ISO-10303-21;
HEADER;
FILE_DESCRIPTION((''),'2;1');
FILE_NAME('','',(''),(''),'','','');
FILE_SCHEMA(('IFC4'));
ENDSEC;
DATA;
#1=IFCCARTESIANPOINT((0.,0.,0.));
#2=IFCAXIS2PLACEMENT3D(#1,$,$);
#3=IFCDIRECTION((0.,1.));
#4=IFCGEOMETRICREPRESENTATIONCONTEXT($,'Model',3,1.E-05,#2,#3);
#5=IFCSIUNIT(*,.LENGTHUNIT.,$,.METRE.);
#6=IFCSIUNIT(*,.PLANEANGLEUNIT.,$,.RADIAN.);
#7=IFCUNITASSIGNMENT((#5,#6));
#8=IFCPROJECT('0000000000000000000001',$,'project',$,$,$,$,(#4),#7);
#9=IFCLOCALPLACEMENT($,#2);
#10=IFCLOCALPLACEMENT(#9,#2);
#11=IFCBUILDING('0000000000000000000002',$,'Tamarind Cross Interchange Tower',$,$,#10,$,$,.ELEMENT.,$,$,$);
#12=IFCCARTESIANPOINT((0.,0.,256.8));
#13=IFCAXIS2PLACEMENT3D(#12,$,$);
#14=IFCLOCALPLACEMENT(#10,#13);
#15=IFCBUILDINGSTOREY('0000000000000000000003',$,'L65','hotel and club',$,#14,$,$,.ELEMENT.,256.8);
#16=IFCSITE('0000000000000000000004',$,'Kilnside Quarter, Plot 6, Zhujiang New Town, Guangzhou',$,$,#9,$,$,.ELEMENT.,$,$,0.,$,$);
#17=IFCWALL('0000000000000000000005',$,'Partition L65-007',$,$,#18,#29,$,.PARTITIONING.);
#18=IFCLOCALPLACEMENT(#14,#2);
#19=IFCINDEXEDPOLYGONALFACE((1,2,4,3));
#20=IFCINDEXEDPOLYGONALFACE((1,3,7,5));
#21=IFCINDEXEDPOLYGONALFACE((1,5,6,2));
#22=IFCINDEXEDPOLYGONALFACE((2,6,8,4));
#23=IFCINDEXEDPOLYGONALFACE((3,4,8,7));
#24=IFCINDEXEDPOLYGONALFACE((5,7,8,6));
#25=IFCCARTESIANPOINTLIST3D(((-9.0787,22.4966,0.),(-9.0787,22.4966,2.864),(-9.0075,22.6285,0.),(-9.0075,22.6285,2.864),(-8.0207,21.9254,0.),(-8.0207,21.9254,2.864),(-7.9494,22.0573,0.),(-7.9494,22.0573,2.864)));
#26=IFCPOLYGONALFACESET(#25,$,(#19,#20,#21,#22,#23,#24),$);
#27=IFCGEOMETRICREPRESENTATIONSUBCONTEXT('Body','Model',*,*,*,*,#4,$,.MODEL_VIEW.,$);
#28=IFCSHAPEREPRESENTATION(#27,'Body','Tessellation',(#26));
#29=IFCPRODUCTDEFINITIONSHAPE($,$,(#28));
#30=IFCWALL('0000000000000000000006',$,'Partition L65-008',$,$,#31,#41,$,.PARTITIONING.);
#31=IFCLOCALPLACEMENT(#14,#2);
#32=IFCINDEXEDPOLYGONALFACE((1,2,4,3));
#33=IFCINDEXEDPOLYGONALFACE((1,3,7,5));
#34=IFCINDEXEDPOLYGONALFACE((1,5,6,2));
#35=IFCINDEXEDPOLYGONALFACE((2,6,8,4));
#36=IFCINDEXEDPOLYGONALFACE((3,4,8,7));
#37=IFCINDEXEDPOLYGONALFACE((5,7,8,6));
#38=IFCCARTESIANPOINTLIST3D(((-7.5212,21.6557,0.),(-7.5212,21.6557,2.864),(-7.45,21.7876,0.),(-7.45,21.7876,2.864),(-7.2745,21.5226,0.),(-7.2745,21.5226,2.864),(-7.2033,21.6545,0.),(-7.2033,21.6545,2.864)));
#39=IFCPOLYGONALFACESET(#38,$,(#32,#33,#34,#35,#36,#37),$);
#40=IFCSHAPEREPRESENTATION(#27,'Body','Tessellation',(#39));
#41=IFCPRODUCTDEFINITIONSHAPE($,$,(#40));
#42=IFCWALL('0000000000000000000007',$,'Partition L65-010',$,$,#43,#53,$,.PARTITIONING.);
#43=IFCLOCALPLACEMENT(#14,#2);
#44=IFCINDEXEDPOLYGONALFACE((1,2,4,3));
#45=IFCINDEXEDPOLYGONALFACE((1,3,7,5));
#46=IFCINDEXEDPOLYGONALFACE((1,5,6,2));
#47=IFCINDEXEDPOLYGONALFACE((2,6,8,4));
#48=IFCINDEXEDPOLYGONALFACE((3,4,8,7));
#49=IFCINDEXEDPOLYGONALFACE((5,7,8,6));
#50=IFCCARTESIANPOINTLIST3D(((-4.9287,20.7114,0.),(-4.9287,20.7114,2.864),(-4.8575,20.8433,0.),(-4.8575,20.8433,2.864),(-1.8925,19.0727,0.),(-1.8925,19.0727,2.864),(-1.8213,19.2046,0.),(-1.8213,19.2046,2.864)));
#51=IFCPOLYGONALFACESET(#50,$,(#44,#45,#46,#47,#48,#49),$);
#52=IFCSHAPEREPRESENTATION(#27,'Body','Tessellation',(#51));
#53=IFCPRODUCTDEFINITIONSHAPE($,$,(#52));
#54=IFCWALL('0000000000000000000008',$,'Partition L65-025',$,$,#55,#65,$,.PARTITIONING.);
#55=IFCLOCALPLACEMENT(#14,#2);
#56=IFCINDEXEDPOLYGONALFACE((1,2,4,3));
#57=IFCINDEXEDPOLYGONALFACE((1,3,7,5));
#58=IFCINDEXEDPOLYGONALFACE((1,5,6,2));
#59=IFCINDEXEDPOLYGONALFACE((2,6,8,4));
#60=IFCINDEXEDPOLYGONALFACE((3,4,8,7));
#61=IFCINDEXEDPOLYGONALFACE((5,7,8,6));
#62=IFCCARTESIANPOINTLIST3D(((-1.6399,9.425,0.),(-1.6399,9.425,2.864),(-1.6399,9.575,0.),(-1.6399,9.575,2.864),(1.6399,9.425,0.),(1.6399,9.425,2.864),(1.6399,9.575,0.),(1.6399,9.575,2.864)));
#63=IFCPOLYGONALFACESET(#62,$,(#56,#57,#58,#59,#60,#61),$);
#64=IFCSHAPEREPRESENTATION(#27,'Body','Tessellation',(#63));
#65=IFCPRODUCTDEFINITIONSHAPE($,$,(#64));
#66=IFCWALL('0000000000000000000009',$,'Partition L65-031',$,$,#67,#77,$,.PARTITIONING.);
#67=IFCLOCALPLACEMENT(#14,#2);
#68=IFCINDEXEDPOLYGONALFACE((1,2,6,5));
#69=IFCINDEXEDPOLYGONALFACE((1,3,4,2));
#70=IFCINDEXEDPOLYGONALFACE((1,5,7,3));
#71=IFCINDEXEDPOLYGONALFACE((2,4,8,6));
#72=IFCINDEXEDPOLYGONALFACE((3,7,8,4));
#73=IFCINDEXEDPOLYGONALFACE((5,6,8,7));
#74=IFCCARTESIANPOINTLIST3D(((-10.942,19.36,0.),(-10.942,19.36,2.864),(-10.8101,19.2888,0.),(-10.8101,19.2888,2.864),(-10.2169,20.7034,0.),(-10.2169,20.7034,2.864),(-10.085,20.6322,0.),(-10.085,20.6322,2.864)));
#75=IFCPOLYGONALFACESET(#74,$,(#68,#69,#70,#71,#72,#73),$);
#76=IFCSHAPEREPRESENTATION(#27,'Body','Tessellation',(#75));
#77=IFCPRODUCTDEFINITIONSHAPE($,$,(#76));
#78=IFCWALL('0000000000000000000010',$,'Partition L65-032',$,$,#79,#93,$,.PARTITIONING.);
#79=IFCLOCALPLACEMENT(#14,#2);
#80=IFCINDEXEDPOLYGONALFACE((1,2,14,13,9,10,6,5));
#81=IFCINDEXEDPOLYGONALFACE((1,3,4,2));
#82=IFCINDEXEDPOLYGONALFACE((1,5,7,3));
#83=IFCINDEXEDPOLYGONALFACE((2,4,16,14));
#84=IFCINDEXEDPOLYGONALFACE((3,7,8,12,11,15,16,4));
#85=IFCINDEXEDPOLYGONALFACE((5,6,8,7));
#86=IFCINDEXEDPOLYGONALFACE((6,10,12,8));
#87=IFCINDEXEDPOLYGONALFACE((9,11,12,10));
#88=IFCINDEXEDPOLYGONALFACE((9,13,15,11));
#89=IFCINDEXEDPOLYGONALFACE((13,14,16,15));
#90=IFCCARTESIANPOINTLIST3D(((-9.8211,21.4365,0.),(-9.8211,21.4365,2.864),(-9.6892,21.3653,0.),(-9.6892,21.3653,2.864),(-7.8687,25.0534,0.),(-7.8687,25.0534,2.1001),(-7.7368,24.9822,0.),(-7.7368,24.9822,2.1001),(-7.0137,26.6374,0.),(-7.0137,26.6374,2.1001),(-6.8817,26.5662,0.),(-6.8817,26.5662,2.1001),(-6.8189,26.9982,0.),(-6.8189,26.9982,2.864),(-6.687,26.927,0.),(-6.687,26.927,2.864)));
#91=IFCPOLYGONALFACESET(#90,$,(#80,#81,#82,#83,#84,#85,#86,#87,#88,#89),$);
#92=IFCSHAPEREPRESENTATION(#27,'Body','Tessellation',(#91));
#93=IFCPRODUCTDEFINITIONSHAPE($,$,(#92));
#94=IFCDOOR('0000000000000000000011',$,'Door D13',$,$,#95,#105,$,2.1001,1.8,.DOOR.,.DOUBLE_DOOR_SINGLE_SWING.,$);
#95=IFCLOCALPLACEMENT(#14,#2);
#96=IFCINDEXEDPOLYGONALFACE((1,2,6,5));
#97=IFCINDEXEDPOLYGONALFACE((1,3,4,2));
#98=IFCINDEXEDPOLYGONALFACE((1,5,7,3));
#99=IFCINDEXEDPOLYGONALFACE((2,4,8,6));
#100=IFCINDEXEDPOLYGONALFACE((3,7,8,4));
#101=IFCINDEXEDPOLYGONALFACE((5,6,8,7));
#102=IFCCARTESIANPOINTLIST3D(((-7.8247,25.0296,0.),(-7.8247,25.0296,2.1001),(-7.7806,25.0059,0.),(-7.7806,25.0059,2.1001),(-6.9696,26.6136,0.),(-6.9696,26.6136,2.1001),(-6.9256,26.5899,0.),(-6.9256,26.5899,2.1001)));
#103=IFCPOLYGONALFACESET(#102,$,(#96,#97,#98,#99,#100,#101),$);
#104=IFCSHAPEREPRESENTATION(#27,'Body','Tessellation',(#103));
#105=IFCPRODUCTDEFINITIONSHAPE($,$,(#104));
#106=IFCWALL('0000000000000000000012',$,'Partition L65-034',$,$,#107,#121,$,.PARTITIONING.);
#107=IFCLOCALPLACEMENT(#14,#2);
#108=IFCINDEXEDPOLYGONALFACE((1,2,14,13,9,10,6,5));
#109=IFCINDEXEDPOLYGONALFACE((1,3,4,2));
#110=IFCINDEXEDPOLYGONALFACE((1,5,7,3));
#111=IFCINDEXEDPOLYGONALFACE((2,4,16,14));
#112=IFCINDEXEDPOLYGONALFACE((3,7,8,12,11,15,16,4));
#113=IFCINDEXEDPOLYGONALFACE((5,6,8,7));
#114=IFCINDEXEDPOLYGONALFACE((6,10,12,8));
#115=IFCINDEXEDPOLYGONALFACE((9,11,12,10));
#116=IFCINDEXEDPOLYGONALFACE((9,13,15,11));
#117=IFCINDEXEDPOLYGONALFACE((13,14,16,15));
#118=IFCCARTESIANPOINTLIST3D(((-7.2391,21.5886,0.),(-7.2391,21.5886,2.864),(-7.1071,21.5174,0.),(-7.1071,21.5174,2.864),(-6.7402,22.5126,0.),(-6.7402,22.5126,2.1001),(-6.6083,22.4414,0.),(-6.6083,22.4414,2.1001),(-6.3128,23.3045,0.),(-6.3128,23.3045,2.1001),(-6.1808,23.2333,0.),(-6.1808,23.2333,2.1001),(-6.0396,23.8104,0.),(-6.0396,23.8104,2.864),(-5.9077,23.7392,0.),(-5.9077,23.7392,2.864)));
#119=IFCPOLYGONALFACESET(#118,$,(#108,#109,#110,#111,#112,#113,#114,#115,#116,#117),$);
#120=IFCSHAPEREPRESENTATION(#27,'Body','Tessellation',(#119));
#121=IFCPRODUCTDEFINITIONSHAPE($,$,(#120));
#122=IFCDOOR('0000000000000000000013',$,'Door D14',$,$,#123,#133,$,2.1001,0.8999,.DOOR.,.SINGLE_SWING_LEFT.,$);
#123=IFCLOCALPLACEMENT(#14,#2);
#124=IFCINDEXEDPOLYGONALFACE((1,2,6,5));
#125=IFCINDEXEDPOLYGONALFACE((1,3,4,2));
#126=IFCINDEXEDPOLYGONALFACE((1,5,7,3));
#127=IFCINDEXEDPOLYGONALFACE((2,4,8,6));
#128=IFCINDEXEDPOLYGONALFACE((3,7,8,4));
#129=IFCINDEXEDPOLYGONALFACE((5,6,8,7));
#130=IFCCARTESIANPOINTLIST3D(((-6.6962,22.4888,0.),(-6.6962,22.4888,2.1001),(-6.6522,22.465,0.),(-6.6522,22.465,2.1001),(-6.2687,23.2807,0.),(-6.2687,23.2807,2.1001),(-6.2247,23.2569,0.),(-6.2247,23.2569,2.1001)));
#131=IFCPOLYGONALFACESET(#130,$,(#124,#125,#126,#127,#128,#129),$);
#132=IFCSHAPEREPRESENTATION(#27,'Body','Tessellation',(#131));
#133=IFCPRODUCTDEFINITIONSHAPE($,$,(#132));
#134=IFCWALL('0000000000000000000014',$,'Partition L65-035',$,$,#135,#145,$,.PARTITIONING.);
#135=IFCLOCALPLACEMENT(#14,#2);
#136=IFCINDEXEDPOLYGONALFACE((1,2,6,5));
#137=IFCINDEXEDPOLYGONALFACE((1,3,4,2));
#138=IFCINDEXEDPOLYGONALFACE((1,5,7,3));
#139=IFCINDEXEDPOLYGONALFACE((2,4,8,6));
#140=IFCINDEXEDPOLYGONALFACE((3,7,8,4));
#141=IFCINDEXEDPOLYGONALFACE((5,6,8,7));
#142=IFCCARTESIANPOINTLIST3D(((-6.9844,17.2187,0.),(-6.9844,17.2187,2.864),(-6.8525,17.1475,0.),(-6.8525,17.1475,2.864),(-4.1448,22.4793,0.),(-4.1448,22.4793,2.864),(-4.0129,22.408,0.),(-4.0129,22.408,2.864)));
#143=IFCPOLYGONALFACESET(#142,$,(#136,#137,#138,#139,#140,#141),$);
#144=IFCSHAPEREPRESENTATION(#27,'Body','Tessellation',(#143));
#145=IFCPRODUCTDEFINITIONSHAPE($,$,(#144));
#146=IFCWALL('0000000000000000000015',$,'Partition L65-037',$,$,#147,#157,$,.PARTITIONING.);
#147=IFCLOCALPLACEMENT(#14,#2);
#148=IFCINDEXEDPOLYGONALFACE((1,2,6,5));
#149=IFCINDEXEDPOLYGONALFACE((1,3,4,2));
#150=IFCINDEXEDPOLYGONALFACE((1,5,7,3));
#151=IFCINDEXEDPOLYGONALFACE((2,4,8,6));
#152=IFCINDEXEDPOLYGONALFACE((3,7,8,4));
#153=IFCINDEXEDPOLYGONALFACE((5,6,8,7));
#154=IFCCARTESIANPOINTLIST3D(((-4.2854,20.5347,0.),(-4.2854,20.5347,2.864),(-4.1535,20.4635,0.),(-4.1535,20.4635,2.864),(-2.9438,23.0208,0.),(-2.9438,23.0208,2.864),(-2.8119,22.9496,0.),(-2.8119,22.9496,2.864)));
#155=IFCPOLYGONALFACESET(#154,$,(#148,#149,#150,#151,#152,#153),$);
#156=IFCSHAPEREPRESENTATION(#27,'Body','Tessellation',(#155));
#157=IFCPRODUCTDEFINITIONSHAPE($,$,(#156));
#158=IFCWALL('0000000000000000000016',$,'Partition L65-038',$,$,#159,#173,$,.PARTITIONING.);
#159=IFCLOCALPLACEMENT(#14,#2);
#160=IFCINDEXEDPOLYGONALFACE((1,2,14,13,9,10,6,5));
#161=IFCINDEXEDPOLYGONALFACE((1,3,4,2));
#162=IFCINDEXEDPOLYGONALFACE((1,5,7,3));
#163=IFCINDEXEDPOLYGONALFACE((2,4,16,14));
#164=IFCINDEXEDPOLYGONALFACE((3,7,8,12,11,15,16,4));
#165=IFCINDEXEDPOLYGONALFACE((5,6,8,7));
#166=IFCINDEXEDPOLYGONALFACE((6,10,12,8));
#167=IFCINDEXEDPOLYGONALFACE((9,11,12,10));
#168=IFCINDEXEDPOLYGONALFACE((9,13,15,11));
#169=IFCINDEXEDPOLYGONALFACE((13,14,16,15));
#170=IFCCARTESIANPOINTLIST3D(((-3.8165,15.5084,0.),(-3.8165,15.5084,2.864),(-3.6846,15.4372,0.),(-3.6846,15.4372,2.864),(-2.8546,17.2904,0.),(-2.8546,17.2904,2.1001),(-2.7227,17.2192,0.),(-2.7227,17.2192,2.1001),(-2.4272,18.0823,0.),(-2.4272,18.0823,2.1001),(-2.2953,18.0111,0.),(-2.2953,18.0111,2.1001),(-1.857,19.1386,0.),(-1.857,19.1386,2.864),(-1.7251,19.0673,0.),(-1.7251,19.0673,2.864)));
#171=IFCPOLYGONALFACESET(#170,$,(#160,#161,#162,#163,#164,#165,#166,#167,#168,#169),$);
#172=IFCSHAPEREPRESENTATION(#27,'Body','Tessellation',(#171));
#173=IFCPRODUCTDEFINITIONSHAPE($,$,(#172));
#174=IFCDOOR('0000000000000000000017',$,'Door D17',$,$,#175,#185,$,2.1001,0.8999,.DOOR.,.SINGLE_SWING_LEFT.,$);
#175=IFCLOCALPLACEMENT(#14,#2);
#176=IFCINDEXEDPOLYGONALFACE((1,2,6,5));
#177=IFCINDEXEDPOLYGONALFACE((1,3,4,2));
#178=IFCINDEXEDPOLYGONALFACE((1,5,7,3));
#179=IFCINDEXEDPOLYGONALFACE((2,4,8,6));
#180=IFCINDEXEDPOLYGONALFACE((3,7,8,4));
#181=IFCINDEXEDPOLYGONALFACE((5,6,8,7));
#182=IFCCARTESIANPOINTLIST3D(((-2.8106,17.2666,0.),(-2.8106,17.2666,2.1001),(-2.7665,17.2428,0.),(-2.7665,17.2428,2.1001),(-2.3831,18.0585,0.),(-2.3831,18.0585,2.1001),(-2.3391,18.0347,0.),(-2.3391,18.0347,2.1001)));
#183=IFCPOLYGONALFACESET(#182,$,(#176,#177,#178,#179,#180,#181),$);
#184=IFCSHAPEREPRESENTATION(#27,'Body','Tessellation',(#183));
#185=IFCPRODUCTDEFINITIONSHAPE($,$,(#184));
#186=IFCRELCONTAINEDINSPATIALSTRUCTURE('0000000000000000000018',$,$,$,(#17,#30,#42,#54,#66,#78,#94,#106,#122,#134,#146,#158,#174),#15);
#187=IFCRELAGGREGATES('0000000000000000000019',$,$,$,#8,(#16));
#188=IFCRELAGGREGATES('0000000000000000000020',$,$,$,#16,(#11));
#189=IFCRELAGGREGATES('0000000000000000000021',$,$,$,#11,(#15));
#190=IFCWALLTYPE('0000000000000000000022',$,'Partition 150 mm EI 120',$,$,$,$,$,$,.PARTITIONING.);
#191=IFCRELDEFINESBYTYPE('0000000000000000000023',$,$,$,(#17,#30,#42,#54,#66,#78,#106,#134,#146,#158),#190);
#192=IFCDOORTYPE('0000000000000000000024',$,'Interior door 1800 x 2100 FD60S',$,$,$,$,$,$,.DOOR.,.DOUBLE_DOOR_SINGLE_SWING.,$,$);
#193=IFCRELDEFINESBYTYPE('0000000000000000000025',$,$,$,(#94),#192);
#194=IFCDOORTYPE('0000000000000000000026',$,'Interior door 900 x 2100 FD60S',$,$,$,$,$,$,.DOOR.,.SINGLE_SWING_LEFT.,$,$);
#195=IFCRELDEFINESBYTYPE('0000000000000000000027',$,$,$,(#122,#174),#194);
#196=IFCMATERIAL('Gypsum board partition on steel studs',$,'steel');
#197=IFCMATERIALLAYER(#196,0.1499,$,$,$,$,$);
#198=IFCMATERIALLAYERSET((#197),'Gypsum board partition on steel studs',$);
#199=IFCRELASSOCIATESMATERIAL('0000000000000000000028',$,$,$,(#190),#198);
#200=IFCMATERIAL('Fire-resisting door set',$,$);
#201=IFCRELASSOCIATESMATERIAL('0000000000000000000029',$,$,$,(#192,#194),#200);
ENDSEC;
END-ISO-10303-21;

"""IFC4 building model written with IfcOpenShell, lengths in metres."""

from ifc_helpers import new_model, si_unit, direction, frame, frame_2d, origin, place, context, subcontext, project, spatial, rectangle, extrude, material, layer, layer_set, type_object, element, fill, save


model = new_model("IFC4")

# Units and contexts
model_context = context("Model", 3, precision=1e-05, world=origin(), true_north=direction((0.0, 1.0)))
body_context = subcontext(model_context, "Body", "Model", "MODEL_VIEW")
ifc_project = project(units=[si_unit("LENGTHUNIT", "METRE"), si_unit("PLANEANGLEUNIT", "RADIAN")], contexts=[model_context])

# Site, building, storey
site_placement = place(None, origin())
site = spatial("IfcSite", under=ifc_project, at=site_placement, Name="Kilnside Quarter, Plot 6, Zhujiang New Town, Guangzhou", CompositionType="ELEMENT", RefElevation=0.0)
building_placement = place(site_placement, origin())
building = spatial("IfcBuilding", under=site, at=building_placement, Name="Tamarind Cross Interchange Tower", CompositionType="ELEMENT")
storey_placement = place(building_placement, frame((0.0, 0.0, 256.8)))
storey = spatial("IfcBuildingStorey", under=building, at=storey_placement, Name="L65", Description="hotel and club", CompositionType="ELEMENT", Elevation=256.8)

# Shared definitions
ifc_material_1 = material(Name="Gypsum board partition on steel studs", Category="steel")
ifc_layer_1 = layer(ifc_material_1, 0.1499)
ifc_layer_set_1 = layer_set([ifc_layer_1], Name="Gypsum board partition on steel studs")
wall_type_1 = type_object("IfcWallType", Name="Partition 150 mm EI 120", PredefinedType="PARTITIONING", material=ifc_layer_set_1)
ifc_material_2 = material(Name="Fire-resisting door set")
door_type_1 = type_object("IfcDoorType", Name="Interior door 1800 x 2100 FD60S", OperationType="DOUBLE_DOOR_SINGLE_SWING", PredefinedType="DOOR", material=ifc_material_2)

# Walls
wall_1_placement = place(storey_placement, frame((-9.043, 22.5625, 0.0), z_axis=(0.0, 0.0, 1.0), x_axis=(0.879936, -0.475092, 0.0)))
element("IfcWall", 1, at=wall_1_placement, inside=storey, type_object=wall_type_1, Name="Partition L65-007", PredefinedType="PARTITIONING", context=body_context, shape_type="SweptSolid", body=[
    extrude(rectangle(XDim=1.2024, YDim=0.1499, at=frame_2d((0.6011, 0.0))), origin(), (0.0, 0.0, 1.0), 2.864),
])
wall_2_placement = place(storey_placement, frame((-7.4856, 21.7217, 0.0), z_axis=(0.0, 0.0, 1.0), x_axis=(0.880051, -0.474879, 0.0)))
element("IfcWall", 2, at=wall_2_placement, inside=storey, type_object=wall_type_1, Name="Partition L65-008", PredefinedType="PARTITIONING", context=body_context, shape_type="SweptSolid", body=[
    extrude(rectangle(XDim=0.2803, YDim=0.1499, at=frame_2d((0.1401, 0.0))), origin(), (0.0, 0.0, 1.0), 2.864),
])
wall_3_placement = place(storey_placement, frame((-4.8931, 20.7773, 0.0), z_axis=(0.0, 0.0, 1.0), x_axis=(0.880007, -0.47496, 0.0)))
element("IfcWall", 3, at=wall_3_placement, inside=storey, type_object=wall_type_1, Name="Partition L65-010", PredefinedType="PARTITIONING", context=body_context, shape_type="SweptSolid", body=[
    extrude(rectangle(XDim=3.4502, YDim=0.1499, at=frame_2d((1.7251, 0.0))), origin(), (0.0, 0.0, 1.0), 2.864),
])
wall_4_placement = place(storey_placement, frame((-1.6399, 9.5, 0.0), z_axis=(0.0, 0.0, 1.0), x_axis=(1.0, 0.0, 0.0)))
element("IfcWall", 4, at=wall_4_placement, inside=storey, type_object=wall_type_1, Name="Partition L65-025", PredefinedType="PARTITIONING", context=body_context, shape_type="SweptSolid", body=[
    extrude(rectangle(XDim=3.2798, YDim=0.1499, at=frame_2d((1.6399, 0.0))), origin(), (0.0, 0.0, 1.0), 2.864),
])
wall_5_placement = place(storey_placement, frame((-10.876, 19.3245, 0.0), z_axis=(0.0, 0.0, 1.0), x_axis=(0.474948, 0.880014, 0.0)))
element("IfcWall", 5, at=wall_5_placement, inside=storey, type_object=wall_type_1, Name="Partition L65-031", PredefinedType="PARTITIONING", context=body_context, shape_type="SweptSolid", body=[
    extrude(rectangle(XDim=1.5266, YDim=0.1499, at=frame_2d((0.7632, 0.0))), origin(), (0.0, 0.0, 1.0), 2.864),
])

# Walls, openings, doors
wall_6_placement = place(storey_placement, frame((-9.7551, 21.4009, 0.0), z_axis=(0.0, 0.0, 1.0), x_axis=(0.475007, 0.879982, 0.0)))
wall_6 = element("IfcWall", 6, at=wall_6_placement, inside=storey, type_object=wall_type_1, Name="Partition L65-032", PredefinedType="PARTITIONING", context=body_context, shape_type="SweptSolid", body=[
    extrude(rectangle(XDim=6.3203, YDim=0.1499, at=frame_2d((3.1602, 0.0))), origin(), (0.0, 0.0, 1.0), 2.864),
])
opening_1_placement = place(wall_6_placement, frame((4.1104, 0.0, 0.0)))
opening_1 = element("IfcOpeningElement", 7, at=opening_1_placement, cuts=wall_6, PredefinedType="OPENING", context=body_context, shape_type="SweptSolid", body=[
    extrude(rectangle(XDim=1.8, YDim=2.1001, at=frame_2d((0.8999, 1.05))), frame((0.0, 0.085, 0.0), z_axis=(0.0, -1.0, 0.0), x_axis=(1.0, 0.0, 0.0)), (0.0, 0.0, 1.0), 0.1699),
])
door_1_placement = place(opening_1_placement, origin())
door_1 = element("IfcDoor", 8, at=door_1_placement, inside=storey, type_object=door_type_1, Name="Door D13", OperationType="DOUBLE_DOOR_SINGLE_SWING", OverallHeight=2.1001, OverallWidth=1.8, PredefinedType="DOOR", context=body_context, shape_type="SweptSolid", body=[
    extrude(rectangle(XDim=1.8, YDim=2.1001, at=frame_2d((0.8999, 1.05))), frame((0.0, 0.0249, 0.0), z_axis=(0.0, -1.0, 0.0), x_axis=(1.0, 0.0, 0.0)), (0.0, 0.0, 1.0), 0.05),
])
fill(opening_1, door_1)
wall_7_placement = place(storey_placement, frame((-7.1731, 21.553, 0.0), z_axis=(0.0, 0.0, 1.0), x_axis=(0.475034, 0.879968, 0.0)))
wall_7 = element("IfcWall", 9, at=wall_7_placement, inside=storey, type_object=wall_type_1, Name="Partition L65-034", PredefinedType="PARTITIONING", context=body_context, shape_type="SweptSolid", body=[
    extrude(rectangle(XDim=2.5249, YDim=0.1499, at=frame_2d((1.2625, 0.0))), origin(), (0.0, 0.0, 1.0), 2.864),
])
opening_2_placement = place(wall_7_placement, frame((1.05, 0.0, 0.0)))
opening_2 = element("IfcOpeningElement", 10, at=opening_2_placement, cuts=wall_7, PredefinedType="OPENING", context=body_context, shape_type="SweptSolid", body=[
    extrude(rectangle(XDim=0.8999, YDim=2.1001, at=frame_2d((0.45, 1.05))), frame((0.0, 0.085, 0.0), z_axis=(0.0, -1.0, 0.0), x_axis=(1.0, 0.0, 0.0)), (0.0, 0.0, 1.0), 0.1699),
])
door_type_2 = type_object("IfcDoorType", Name="Interior door 900 x 2100 FD60S", OperationType="SINGLE_SWING_LEFT", PredefinedType="DOOR", material=ifc_material_2)
door_2_placement = place(opening_2_placement, origin())
door_2 = element("IfcDoor", 11, at=door_2_placement, inside=storey, type_object=door_type_2, Name="Door D14", OperationType="SINGLE_SWING_LEFT", OverallHeight=2.1001, OverallWidth=0.8999, PredefinedType="DOOR", context=body_context, shape_type="SweptSolid", body=[
    extrude(rectangle(XDim=0.8999, YDim=2.1001, at=frame_2d((0.45, 1.05))), frame((0.0, 0.0249, 0.0), z_axis=(0.0, -1.0, 0.0), x_axis=(1.0, 0.0, 0.0)), (0.0, 0.0, 1.0), 0.05),
])
fill(opening_2, door_2)

# Walls
wall_8_placement = place(storey_placement, frame((-6.9185, 17.1831, 0.0), z_axis=(0.0, 0.0, 1.0), x_axis=(0.47501, 0.87998, 0.0)))
element("IfcWall", 12, at=wall_8_placement, inside=storey, type_object=wall_type_1, Name="Partition L65-035", PredefinedType="PARTITIONING", context=body_context, shape_type="SweptSolid", body=[
    extrude(rectangle(XDim=5.978, YDim=0.1499, at=frame_2d((2.989, 0.0))), origin(), (0.0, 0.0, 1.0), 2.864),
])
wall_9_placement = place(storey_placement, frame((-4.2195, 20.499, 0.0), z_axis=(0.0, 0.0, 1.0), x_axis=(0.474893, 0.880043, 0.0)))
element("IfcWall", 13, at=wall_9_placement, inside=storey, type_object=wall_type_1, Name="Partition L65-037", PredefinedType="PARTITIONING", context=body_context, shape_type="SweptSolid", body=[
    extrude(rectangle(XDim=2.825, YDim=0.1499, at=frame_2d((1.4126, 0.0))), origin(), (0.0, 0.0, 1.0), 2.864),
])

# Wall, opening, door
wall_10_placement = place(storey_placement, frame((-3.7505, 15.4729, 0.0), z_axis=(0.0, 0.0, 1.0), x_axis=(0.475, 0.879986, 0.0)))
wall_10 = element("IfcWall", 14, at=wall_10_placement, inside=storey, type_object=wall_type_1, Name="Partition L65-038", PredefinedType="PARTITIONING", context=body_context, shape_type="SweptSolid", body=[
    extrude(rectangle(XDim=4.1252, YDim=0.1499, at=frame_2d((2.0625, 0.0))), origin(), (0.0, 0.0, 1.0), 2.864),
])
opening_3_placement = place(wall_10_placement, frame((2.0249, 0.0, 0.0)))
opening_3 = element("IfcOpeningElement", 15, at=opening_3_placement, cuts=wall_10, PredefinedType="OPENING", context=body_context, shape_type="SweptSolid", body=[
    extrude(rectangle(XDim=0.8999, YDim=2.1001, at=frame_2d((0.45, 1.05))), frame((0.0, 0.085, 0.0), z_axis=(0.0, -1.0, 0.0), x_axis=(1.0, 0.0, 0.0)), (0.0, 0.0, 1.0), 0.1699),
])
door_3_placement = place(opening_3_placement, origin())
door_3 = element("IfcDoor", 16, at=door_3_placement, inside=storey, type_object=door_type_2, Name="Door D17", OperationType="SINGLE_SWING_LEFT", OverallHeight=2.1001, OverallWidth=0.8999, PredefinedType="DOOR", context=body_context, shape_type="SweptSolid", body=[
    extrude(rectangle(XDim=0.8999, YDim=2.1001, at=frame_2d((0.45, 1.05))), frame((0.0, 0.0249, 0.0), z_axis=(0.0, -1.0, 0.0), x_axis=(1.0, 0.0, 0.0)), (0.0, 0.0, 1.0), 0.05),
])
fill(opening_3, door_3)

save(model, "model.ifc")
